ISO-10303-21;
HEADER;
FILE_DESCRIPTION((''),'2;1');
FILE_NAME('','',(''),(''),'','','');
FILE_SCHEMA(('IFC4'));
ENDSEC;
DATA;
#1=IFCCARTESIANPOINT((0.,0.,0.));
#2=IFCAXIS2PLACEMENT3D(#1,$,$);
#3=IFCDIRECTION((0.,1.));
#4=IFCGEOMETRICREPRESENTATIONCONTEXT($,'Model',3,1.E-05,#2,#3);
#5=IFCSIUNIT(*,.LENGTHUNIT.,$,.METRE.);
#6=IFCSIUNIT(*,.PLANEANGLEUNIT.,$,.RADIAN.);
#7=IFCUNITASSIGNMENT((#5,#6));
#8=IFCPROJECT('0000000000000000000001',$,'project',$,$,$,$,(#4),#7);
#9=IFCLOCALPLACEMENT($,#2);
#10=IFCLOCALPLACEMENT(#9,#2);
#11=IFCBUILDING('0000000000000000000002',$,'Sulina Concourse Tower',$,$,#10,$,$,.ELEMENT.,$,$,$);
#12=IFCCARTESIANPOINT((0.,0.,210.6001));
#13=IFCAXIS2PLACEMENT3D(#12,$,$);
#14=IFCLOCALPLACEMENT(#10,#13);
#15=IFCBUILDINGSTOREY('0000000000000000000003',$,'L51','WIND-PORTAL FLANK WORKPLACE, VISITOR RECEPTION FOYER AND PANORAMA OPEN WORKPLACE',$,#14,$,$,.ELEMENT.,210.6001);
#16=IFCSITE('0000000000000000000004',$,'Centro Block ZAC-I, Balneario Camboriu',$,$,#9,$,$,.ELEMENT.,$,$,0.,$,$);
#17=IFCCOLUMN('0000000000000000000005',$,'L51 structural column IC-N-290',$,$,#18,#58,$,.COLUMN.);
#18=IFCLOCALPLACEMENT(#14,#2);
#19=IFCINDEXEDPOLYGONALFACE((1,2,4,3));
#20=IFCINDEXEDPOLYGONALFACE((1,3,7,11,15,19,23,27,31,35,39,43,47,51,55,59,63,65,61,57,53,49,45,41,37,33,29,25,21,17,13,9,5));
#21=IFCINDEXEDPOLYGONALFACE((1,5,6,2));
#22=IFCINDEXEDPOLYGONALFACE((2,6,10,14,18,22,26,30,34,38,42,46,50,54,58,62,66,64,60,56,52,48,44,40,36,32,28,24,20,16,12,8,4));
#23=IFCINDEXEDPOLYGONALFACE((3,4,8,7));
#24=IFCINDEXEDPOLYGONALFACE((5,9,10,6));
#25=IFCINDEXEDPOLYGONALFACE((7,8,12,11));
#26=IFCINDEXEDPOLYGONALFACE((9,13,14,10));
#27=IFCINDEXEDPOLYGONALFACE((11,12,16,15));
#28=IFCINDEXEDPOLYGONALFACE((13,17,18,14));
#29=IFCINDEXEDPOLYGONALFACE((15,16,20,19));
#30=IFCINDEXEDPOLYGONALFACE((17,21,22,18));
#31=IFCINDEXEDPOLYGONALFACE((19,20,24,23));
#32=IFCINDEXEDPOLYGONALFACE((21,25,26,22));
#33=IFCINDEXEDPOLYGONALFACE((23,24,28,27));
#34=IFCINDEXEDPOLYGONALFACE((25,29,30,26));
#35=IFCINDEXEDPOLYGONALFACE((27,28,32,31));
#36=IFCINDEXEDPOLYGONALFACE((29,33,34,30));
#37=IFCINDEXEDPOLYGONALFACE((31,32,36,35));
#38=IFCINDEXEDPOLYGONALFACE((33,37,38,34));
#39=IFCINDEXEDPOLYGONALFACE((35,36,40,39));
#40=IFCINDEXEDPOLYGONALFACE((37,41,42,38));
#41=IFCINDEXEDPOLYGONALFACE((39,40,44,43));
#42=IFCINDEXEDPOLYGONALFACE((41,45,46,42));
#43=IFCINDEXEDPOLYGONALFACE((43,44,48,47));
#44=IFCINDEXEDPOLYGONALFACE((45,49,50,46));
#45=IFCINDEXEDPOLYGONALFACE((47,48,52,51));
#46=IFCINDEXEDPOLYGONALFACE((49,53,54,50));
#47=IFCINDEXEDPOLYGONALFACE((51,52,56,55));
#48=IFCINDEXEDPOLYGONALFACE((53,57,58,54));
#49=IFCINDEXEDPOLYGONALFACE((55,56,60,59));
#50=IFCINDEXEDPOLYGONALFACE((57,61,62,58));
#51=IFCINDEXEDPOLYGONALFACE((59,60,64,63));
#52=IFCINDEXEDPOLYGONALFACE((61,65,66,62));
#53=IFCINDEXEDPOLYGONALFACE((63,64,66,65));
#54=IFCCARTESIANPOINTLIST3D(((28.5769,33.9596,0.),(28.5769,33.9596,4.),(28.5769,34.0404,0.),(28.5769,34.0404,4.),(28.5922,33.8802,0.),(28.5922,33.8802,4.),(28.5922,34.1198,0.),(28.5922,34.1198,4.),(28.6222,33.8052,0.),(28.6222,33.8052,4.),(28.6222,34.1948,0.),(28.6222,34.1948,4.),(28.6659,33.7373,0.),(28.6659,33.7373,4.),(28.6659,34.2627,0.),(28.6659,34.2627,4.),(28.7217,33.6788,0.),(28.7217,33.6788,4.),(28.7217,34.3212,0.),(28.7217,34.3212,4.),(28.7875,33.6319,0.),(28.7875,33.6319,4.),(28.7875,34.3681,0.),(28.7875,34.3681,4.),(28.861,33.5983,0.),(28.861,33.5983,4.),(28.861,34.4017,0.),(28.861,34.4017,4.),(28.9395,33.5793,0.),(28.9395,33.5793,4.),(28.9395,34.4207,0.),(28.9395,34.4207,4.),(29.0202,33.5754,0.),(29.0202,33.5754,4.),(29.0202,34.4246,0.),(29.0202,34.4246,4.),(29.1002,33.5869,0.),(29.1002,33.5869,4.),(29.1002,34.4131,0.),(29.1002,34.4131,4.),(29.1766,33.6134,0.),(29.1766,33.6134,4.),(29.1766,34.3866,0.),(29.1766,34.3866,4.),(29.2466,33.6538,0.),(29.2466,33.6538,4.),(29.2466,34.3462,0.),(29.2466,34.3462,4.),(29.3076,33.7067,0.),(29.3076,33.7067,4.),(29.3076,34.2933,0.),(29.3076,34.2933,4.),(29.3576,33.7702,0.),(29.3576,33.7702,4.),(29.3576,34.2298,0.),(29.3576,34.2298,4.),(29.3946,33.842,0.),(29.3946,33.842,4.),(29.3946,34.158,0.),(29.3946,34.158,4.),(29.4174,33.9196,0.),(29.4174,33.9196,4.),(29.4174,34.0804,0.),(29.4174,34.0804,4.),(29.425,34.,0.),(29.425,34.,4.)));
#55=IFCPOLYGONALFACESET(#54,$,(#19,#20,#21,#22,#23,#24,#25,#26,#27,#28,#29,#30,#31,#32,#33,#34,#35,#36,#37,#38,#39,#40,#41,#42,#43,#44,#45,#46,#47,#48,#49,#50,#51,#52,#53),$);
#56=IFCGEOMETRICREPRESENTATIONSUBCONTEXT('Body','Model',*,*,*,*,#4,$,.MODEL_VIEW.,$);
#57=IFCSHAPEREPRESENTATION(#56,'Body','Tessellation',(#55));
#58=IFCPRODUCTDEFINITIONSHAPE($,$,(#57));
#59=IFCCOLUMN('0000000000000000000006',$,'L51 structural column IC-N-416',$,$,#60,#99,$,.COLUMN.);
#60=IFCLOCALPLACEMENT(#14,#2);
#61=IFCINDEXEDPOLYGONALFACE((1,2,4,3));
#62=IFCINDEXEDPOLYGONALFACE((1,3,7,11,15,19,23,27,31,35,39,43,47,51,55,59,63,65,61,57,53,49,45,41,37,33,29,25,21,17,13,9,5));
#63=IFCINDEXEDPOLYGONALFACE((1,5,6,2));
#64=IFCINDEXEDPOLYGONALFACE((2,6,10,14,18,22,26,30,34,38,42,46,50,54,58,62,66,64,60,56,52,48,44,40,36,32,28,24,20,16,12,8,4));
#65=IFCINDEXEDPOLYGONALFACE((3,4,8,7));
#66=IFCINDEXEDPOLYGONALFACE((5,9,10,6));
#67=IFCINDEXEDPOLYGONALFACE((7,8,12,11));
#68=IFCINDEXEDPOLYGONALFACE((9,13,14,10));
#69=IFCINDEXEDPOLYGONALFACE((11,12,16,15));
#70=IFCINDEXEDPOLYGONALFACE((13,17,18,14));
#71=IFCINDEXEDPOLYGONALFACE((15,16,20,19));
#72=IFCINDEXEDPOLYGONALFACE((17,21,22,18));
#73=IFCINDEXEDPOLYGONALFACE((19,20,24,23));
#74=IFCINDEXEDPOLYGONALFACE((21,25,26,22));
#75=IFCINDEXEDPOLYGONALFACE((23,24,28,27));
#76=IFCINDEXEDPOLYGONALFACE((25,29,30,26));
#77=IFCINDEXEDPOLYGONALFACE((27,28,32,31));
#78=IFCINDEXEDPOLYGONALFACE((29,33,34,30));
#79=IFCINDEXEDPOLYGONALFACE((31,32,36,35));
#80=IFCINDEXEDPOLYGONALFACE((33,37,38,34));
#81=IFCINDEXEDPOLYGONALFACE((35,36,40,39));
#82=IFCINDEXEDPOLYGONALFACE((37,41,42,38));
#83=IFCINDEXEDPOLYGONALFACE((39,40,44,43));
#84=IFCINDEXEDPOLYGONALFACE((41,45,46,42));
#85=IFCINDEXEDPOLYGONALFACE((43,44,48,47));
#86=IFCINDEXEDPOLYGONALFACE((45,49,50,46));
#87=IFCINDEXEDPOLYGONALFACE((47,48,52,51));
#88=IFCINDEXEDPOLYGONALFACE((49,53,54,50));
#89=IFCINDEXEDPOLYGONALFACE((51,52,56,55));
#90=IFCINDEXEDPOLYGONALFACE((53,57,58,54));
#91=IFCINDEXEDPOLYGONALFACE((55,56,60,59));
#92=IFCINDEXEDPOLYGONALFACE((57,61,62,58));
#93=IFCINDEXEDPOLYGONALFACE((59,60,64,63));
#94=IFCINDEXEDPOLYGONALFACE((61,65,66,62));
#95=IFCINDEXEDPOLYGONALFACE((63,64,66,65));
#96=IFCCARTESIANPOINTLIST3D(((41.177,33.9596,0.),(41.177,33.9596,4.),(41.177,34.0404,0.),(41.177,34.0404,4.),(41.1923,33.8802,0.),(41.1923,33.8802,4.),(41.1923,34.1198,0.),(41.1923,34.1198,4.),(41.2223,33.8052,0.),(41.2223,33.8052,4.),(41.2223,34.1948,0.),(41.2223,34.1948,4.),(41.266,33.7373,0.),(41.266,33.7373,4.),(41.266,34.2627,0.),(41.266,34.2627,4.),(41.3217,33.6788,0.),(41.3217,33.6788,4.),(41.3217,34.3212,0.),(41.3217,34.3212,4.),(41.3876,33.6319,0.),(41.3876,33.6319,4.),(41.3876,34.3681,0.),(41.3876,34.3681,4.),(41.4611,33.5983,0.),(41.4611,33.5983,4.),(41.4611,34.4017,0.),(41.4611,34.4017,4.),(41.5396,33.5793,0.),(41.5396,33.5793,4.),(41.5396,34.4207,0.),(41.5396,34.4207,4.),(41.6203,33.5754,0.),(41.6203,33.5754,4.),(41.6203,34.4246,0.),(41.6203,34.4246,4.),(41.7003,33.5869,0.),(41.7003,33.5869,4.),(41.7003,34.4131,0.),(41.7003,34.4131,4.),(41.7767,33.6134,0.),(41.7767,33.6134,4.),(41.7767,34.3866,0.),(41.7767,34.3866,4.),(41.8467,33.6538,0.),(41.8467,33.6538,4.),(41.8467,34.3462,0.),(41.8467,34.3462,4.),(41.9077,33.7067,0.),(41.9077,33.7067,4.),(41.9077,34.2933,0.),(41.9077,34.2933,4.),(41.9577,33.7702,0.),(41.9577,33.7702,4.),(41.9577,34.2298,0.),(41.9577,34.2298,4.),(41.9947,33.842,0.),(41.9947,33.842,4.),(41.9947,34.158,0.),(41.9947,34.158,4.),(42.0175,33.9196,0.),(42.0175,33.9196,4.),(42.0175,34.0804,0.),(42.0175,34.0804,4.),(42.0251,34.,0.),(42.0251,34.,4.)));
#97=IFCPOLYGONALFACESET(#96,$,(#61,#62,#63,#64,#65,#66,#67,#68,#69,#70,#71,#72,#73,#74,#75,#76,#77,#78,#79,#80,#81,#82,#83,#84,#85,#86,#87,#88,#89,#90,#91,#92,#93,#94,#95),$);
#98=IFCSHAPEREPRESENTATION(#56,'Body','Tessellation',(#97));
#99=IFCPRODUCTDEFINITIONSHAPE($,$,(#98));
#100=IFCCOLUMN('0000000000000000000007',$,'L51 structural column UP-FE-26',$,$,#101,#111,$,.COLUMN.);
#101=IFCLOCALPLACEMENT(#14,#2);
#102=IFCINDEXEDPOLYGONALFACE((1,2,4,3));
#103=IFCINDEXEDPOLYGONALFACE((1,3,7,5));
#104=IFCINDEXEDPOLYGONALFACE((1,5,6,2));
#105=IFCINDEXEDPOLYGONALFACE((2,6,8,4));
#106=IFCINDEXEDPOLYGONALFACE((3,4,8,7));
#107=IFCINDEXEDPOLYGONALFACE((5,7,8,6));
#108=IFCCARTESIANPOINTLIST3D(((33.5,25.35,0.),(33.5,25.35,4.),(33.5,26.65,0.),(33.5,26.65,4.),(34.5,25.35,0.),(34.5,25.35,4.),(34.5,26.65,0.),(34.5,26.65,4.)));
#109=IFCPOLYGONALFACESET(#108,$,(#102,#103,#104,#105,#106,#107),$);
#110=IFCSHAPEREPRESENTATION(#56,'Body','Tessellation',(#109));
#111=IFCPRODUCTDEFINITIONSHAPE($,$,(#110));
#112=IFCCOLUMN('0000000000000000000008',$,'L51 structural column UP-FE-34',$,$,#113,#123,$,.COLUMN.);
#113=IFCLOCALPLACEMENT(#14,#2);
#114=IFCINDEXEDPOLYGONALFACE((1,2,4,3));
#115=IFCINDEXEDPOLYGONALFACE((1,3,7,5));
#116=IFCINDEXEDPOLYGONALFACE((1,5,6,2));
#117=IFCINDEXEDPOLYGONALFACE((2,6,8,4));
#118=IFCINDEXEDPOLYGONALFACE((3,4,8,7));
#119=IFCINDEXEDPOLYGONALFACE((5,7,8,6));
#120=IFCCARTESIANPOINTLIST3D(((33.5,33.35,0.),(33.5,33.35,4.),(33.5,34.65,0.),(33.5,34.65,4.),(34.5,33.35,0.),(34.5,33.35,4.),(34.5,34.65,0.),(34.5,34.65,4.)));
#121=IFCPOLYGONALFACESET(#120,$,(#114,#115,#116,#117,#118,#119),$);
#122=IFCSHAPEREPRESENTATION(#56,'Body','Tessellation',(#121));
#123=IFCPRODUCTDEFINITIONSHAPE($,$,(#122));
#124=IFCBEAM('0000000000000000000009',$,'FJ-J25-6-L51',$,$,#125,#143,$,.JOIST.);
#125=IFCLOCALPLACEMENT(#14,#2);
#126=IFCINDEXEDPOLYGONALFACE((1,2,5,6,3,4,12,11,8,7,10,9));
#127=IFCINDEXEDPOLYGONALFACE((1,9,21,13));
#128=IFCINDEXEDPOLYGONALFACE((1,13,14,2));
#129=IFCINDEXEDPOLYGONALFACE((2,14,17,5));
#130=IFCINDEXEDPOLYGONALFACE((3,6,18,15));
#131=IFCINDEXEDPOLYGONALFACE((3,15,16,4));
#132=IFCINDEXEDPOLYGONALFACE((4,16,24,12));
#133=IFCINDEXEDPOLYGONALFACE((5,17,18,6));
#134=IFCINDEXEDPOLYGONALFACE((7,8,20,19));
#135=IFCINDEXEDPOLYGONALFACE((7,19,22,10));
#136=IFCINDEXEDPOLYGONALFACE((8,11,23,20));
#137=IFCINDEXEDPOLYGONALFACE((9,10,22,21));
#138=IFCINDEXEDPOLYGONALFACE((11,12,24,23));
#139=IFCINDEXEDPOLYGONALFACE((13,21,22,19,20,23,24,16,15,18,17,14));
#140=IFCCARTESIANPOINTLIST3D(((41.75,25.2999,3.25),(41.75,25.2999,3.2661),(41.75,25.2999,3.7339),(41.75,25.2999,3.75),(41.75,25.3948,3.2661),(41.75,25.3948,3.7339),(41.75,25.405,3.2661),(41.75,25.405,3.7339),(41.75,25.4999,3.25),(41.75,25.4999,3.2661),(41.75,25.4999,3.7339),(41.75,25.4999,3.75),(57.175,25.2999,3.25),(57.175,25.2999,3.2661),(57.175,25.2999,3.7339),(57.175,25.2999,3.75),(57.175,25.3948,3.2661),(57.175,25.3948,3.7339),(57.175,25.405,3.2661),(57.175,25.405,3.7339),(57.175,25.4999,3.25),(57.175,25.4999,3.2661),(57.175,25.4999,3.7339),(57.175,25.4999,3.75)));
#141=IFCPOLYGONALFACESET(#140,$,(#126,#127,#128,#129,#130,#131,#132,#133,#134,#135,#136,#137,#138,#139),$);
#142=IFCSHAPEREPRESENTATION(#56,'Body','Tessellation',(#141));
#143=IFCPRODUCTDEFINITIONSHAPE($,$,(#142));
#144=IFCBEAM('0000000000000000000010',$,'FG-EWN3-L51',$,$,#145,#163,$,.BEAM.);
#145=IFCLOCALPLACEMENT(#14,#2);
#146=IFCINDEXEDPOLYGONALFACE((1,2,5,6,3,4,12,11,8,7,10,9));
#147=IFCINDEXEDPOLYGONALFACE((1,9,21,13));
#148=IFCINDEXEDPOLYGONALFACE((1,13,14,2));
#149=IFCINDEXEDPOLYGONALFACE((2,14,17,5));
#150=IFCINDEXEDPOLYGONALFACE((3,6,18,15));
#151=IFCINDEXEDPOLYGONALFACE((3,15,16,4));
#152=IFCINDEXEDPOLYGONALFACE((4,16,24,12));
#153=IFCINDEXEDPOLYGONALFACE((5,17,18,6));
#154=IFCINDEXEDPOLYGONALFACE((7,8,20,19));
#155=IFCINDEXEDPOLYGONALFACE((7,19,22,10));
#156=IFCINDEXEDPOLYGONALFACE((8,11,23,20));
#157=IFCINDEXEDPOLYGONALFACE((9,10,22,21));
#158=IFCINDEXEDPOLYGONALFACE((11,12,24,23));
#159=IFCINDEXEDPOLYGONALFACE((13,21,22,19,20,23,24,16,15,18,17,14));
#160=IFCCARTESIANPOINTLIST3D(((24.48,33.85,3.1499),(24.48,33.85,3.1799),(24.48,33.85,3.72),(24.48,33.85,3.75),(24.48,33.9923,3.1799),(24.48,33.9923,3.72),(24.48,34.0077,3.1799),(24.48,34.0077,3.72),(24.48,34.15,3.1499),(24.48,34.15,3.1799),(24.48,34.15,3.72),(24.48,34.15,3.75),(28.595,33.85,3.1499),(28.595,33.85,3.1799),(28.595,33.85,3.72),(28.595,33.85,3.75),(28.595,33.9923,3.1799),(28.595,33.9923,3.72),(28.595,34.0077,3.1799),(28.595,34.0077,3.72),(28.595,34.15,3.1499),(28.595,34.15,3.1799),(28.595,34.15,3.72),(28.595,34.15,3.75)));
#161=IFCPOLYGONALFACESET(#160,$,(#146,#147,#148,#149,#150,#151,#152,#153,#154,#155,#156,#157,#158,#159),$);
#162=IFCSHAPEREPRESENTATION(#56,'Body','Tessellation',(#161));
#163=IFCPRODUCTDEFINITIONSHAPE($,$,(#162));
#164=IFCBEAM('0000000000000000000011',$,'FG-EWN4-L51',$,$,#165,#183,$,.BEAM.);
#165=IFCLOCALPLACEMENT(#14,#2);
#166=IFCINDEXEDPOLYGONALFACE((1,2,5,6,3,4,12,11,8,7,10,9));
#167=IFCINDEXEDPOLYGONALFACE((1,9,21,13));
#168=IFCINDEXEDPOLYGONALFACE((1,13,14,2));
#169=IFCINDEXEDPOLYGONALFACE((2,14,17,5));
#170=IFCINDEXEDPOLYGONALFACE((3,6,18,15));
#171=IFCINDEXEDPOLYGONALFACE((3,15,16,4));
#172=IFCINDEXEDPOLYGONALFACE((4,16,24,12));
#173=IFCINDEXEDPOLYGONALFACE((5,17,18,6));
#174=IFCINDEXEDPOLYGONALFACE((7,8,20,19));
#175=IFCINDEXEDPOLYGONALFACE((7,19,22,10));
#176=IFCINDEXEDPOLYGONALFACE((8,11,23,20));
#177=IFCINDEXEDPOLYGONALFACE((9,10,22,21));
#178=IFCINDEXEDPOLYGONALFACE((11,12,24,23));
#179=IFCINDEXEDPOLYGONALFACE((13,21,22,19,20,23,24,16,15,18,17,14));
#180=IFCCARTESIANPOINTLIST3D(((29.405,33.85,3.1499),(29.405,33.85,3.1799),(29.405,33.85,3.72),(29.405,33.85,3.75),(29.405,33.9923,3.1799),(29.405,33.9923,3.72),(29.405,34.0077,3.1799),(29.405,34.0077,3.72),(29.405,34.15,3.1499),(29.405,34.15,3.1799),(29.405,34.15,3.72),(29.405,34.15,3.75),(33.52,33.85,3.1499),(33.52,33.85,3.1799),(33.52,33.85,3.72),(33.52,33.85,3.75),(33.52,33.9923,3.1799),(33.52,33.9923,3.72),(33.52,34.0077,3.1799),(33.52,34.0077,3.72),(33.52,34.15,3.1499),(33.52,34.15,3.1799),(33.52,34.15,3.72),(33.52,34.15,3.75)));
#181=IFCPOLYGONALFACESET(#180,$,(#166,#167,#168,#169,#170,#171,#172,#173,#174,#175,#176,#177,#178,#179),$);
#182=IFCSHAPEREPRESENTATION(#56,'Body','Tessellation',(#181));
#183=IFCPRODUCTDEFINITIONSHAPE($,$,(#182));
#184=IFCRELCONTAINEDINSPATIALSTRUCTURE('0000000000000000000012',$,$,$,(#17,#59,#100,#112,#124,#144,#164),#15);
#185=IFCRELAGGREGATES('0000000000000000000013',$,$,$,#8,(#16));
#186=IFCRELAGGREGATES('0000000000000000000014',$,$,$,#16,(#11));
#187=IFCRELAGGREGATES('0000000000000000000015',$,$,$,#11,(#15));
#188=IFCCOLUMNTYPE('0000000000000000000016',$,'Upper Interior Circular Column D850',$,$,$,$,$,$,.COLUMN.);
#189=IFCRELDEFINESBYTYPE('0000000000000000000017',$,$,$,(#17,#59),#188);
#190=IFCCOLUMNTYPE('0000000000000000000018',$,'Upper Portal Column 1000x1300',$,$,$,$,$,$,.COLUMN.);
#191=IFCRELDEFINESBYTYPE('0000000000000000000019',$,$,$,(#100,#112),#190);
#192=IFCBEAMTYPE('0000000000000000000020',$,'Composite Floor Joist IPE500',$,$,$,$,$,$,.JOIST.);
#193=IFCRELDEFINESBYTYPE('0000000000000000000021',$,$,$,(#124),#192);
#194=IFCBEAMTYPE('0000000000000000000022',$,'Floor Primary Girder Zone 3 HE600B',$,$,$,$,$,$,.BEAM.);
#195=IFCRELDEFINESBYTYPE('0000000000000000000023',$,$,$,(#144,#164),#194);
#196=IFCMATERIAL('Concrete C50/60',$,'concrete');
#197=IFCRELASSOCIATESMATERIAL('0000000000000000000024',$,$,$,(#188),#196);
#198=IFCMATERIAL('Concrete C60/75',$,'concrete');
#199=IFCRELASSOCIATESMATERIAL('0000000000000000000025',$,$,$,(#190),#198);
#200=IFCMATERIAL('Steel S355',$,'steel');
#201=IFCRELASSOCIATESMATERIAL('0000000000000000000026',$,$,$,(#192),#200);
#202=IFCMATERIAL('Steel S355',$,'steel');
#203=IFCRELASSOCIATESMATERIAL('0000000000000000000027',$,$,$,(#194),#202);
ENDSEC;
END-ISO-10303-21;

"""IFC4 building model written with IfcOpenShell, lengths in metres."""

from ifc_helpers import new_model, si_unit, direction, frame, origin, origin_2d, place, context, subcontext, project, spatial, rectangle, circle, i_section, extrude, material, material_profile, profile_set, type_object, element, save


model = new_model("IFC4")

# Units and contexts
model_context = context("Model", 3, precision=1e-05, world=origin(), true_north=direction((0.0, 1.0)))
body_context = subcontext(model_context, "Body", "Model", "MODEL_VIEW")
ifc_project = project(units=[si_unit("LENGTHUNIT", "METRE"), si_unit("PLANEANGLEUNIT", "RADIAN")], contexts=[model_context])

# Site, building, storey
site_placement = place(None, origin())
site = spatial("IfcSite", under=ifc_project, at=site_placement, Name="Centro Block ZAC-I, Balneario Camboriu", CompositionType="ELEMENT", RefElevation=0.0)
building_placement = place(site_placement, origin())
building = spatial("IfcBuilding", under=site, at=building_placement, Name="Sulina Concourse Tower", CompositionType="ELEMENT")
storey_placement = place(building_placement, frame((0.0, 0.0, 210.6001)))
storey = spatial("IfcBuildingStorey", under=building, at=storey_placement, Name="L51", Description="WIND-PORTAL FLANK WORKPLACE, VISITOR RECEPTION FOYER AND PANORAMA OPEN WORKPLACE", CompositionType="ELEMENT", Elevation=210.6001)

# Columns
ifc_material_1 = material(Name="Concrete C50/60", Category="concrete")
ifc_material_profile_1 = material_profile(ifc_material_1, circle(Radius=0.425, at=origin_2d()), Name="RC D850")
ifc_profile_set_1 = profile_set([ifc_material_profile_1], Name="Concrete C50/60")
column_type_1 = type_object("IfcColumnType", Name="Upper Interior Circular Column D850", PredefinedType="COLUMN", material=ifc_profile_set_1)
for number, where, z_axis, x_axis, name in (
    (1, (29.0, 34.0, 0.0), (0.0, 0.0, 1.0), (1.0, 0.0, 0.0), "L51 structural column IC-N-290"),
    (2, (41.6001, 34.0, 0.0), (0.0, 0.0, 1.0), (1.0, 0.0, 0.0), "L51 structural column IC-N-416"),
):
    element("IfcColumn", number, at=place(storey_placement, frame(where, z_axis=z_axis, x_axis=x_axis)), inside=storey, type_object=column_type_1, Name=name, PredefinedType="COLUMN", context=body_context, shape_type="SweptSolid", body=[
        extrude(circle(Radius=0.425, at=origin_2d()), origin(), (0.0, 0.0, 1.0), 4.0),
    ])
ifc_material_2 = material(Name="Concrete C60/75", Category="concrete")
ifc_material_profile_2 = material_profile(ifc_material_2, rectangle(XDim=1.0, YDim=1.3, at=origin_2d()), Name="RC 1000x1300")
ifc_profile_set_2 = profile_set([ifc_material_profile_2], Name="Concrete C60/75")
column_type_2 = type_object("IfcColumnType", Name="Upper Portal Column 1000x1300", PredefinedType="COLUMN", material=ifc_profile_set_2)
for number, where, z_axis, x_axis, name in (
    (3, (34.0, 26.0, 0.0), (0.0, 0.0, 1.0), (1.0, 0.0, 0.0), "L51 structural column UP-FE-26"),
    (4, (34.0, 34.0, 0.0), (0.0, 0.0, 1.0), (1.0, 0.0, 0.0), "L51 structural column UP-FE-34"),
):
    element("IfcColumn", number, at=place(storey_placement, frame(where, z_axis=z_axis, x_axis=x_axis)), inside=storey, type_object=column_type_2, Name=name, PredefinedType="COLUMN", context=body_context, shape_type="SweptSolid", body=[
        extrude(rectangle(XDim=1.0, YDim=1.3, at=origin_2d()), origin(), (0.0, 0.0, 1.0), 4.0),
    ])

# Beams
ifc_material_3 = material(Name="Steel S355", Category="steel")
ifc_material_profile_3 = material_profile(ifc_material_3, i_section(OverallWidth=0.2, OverallDepth=0.5, WebThickness=0.0103, FlangeThickness=0.0161, at=origin_2d()), Name="IPE 500")
ifc_profile_set_3 = profile_set([ifc_material_profile_3], Name="Steel S355")
beam_type_1 = type_object("IfcBeamType", Name="Composite Floor Joist IPE500", PredefinedType="JOIST", material=ifc_profile_set_3)
beam_1_placement = place(storey_placement, frame((41.75, 25.3999, 3.5), z_axis=(1.0, 0.0, 0.0), x_axis=(0.0, 1.0, 0.0)))
element("IfcBeam", 5, at=beam_1_placement, inside=storey, type_object=beam_type_1, Name="FJ-J25-6-L51", PredefinedType="JOIST", context=body_context, shape_type="SweptSolid", body=[
    extrude(i_section(OverallWidth=0.2, OverallDepth=0.5, WebThickness=0.0103, FlangeThickness=0.0161, at=origin_2d()), origin(), (0.0, 0.0, 1.0), 15.425),
])
ifc_material_4 = material(Name="Steel S355", Category="steel")
ifc_material_profile_4 = material_profile(ifc_material_4, i_section(OverallWidth=0.3, OverallDepth=0.6001, WebThickness=0.0154, FlangeThickness=0.03, at=origin_2d()), Name="HE 600 B")
ifc_profile_set_4 = profile_set([ifc_material_profile_4], Name="Steel S355")
beam_type_2 = type_object("IfcBeamType", Name="Floor Primary Girder Zone 3 HE600B", PredefinedType="BEAM", material=ifc_profile_set_4)
for number, where, z_axis, x_axis, name in (
    (6, (24.48, 34.0, 3.45), (1.0, 0.0, 0.0), (0.0, 1.0, 0.0), "FG-EWN3-L51"),
    (7, (29.405, 34.0, 3.45), (1.0, 0.0, 0.0), (0.0, 1.0, 0.0), "FG-EWN4-L51"),
):
    element("IfcBeam", number, at=place(storey_placement, frame(where, z_axis=z_axis, x_axis=x_axis)), inside=storey, type_object=beam_type_2, Name=name, PredefinedType="BEAM", context=body_context, shape_type="SweptSolid", body=[
        extrude(i_section(OverallWidth=0.3, OverallDepth=0.6001, WebThickness=0.0154, FlangeThickness=0.03, at=origin_2d()), origin(), (0.0, 0.0, 1.0), 4.115),
    ])

save(model, "model.ifc")
